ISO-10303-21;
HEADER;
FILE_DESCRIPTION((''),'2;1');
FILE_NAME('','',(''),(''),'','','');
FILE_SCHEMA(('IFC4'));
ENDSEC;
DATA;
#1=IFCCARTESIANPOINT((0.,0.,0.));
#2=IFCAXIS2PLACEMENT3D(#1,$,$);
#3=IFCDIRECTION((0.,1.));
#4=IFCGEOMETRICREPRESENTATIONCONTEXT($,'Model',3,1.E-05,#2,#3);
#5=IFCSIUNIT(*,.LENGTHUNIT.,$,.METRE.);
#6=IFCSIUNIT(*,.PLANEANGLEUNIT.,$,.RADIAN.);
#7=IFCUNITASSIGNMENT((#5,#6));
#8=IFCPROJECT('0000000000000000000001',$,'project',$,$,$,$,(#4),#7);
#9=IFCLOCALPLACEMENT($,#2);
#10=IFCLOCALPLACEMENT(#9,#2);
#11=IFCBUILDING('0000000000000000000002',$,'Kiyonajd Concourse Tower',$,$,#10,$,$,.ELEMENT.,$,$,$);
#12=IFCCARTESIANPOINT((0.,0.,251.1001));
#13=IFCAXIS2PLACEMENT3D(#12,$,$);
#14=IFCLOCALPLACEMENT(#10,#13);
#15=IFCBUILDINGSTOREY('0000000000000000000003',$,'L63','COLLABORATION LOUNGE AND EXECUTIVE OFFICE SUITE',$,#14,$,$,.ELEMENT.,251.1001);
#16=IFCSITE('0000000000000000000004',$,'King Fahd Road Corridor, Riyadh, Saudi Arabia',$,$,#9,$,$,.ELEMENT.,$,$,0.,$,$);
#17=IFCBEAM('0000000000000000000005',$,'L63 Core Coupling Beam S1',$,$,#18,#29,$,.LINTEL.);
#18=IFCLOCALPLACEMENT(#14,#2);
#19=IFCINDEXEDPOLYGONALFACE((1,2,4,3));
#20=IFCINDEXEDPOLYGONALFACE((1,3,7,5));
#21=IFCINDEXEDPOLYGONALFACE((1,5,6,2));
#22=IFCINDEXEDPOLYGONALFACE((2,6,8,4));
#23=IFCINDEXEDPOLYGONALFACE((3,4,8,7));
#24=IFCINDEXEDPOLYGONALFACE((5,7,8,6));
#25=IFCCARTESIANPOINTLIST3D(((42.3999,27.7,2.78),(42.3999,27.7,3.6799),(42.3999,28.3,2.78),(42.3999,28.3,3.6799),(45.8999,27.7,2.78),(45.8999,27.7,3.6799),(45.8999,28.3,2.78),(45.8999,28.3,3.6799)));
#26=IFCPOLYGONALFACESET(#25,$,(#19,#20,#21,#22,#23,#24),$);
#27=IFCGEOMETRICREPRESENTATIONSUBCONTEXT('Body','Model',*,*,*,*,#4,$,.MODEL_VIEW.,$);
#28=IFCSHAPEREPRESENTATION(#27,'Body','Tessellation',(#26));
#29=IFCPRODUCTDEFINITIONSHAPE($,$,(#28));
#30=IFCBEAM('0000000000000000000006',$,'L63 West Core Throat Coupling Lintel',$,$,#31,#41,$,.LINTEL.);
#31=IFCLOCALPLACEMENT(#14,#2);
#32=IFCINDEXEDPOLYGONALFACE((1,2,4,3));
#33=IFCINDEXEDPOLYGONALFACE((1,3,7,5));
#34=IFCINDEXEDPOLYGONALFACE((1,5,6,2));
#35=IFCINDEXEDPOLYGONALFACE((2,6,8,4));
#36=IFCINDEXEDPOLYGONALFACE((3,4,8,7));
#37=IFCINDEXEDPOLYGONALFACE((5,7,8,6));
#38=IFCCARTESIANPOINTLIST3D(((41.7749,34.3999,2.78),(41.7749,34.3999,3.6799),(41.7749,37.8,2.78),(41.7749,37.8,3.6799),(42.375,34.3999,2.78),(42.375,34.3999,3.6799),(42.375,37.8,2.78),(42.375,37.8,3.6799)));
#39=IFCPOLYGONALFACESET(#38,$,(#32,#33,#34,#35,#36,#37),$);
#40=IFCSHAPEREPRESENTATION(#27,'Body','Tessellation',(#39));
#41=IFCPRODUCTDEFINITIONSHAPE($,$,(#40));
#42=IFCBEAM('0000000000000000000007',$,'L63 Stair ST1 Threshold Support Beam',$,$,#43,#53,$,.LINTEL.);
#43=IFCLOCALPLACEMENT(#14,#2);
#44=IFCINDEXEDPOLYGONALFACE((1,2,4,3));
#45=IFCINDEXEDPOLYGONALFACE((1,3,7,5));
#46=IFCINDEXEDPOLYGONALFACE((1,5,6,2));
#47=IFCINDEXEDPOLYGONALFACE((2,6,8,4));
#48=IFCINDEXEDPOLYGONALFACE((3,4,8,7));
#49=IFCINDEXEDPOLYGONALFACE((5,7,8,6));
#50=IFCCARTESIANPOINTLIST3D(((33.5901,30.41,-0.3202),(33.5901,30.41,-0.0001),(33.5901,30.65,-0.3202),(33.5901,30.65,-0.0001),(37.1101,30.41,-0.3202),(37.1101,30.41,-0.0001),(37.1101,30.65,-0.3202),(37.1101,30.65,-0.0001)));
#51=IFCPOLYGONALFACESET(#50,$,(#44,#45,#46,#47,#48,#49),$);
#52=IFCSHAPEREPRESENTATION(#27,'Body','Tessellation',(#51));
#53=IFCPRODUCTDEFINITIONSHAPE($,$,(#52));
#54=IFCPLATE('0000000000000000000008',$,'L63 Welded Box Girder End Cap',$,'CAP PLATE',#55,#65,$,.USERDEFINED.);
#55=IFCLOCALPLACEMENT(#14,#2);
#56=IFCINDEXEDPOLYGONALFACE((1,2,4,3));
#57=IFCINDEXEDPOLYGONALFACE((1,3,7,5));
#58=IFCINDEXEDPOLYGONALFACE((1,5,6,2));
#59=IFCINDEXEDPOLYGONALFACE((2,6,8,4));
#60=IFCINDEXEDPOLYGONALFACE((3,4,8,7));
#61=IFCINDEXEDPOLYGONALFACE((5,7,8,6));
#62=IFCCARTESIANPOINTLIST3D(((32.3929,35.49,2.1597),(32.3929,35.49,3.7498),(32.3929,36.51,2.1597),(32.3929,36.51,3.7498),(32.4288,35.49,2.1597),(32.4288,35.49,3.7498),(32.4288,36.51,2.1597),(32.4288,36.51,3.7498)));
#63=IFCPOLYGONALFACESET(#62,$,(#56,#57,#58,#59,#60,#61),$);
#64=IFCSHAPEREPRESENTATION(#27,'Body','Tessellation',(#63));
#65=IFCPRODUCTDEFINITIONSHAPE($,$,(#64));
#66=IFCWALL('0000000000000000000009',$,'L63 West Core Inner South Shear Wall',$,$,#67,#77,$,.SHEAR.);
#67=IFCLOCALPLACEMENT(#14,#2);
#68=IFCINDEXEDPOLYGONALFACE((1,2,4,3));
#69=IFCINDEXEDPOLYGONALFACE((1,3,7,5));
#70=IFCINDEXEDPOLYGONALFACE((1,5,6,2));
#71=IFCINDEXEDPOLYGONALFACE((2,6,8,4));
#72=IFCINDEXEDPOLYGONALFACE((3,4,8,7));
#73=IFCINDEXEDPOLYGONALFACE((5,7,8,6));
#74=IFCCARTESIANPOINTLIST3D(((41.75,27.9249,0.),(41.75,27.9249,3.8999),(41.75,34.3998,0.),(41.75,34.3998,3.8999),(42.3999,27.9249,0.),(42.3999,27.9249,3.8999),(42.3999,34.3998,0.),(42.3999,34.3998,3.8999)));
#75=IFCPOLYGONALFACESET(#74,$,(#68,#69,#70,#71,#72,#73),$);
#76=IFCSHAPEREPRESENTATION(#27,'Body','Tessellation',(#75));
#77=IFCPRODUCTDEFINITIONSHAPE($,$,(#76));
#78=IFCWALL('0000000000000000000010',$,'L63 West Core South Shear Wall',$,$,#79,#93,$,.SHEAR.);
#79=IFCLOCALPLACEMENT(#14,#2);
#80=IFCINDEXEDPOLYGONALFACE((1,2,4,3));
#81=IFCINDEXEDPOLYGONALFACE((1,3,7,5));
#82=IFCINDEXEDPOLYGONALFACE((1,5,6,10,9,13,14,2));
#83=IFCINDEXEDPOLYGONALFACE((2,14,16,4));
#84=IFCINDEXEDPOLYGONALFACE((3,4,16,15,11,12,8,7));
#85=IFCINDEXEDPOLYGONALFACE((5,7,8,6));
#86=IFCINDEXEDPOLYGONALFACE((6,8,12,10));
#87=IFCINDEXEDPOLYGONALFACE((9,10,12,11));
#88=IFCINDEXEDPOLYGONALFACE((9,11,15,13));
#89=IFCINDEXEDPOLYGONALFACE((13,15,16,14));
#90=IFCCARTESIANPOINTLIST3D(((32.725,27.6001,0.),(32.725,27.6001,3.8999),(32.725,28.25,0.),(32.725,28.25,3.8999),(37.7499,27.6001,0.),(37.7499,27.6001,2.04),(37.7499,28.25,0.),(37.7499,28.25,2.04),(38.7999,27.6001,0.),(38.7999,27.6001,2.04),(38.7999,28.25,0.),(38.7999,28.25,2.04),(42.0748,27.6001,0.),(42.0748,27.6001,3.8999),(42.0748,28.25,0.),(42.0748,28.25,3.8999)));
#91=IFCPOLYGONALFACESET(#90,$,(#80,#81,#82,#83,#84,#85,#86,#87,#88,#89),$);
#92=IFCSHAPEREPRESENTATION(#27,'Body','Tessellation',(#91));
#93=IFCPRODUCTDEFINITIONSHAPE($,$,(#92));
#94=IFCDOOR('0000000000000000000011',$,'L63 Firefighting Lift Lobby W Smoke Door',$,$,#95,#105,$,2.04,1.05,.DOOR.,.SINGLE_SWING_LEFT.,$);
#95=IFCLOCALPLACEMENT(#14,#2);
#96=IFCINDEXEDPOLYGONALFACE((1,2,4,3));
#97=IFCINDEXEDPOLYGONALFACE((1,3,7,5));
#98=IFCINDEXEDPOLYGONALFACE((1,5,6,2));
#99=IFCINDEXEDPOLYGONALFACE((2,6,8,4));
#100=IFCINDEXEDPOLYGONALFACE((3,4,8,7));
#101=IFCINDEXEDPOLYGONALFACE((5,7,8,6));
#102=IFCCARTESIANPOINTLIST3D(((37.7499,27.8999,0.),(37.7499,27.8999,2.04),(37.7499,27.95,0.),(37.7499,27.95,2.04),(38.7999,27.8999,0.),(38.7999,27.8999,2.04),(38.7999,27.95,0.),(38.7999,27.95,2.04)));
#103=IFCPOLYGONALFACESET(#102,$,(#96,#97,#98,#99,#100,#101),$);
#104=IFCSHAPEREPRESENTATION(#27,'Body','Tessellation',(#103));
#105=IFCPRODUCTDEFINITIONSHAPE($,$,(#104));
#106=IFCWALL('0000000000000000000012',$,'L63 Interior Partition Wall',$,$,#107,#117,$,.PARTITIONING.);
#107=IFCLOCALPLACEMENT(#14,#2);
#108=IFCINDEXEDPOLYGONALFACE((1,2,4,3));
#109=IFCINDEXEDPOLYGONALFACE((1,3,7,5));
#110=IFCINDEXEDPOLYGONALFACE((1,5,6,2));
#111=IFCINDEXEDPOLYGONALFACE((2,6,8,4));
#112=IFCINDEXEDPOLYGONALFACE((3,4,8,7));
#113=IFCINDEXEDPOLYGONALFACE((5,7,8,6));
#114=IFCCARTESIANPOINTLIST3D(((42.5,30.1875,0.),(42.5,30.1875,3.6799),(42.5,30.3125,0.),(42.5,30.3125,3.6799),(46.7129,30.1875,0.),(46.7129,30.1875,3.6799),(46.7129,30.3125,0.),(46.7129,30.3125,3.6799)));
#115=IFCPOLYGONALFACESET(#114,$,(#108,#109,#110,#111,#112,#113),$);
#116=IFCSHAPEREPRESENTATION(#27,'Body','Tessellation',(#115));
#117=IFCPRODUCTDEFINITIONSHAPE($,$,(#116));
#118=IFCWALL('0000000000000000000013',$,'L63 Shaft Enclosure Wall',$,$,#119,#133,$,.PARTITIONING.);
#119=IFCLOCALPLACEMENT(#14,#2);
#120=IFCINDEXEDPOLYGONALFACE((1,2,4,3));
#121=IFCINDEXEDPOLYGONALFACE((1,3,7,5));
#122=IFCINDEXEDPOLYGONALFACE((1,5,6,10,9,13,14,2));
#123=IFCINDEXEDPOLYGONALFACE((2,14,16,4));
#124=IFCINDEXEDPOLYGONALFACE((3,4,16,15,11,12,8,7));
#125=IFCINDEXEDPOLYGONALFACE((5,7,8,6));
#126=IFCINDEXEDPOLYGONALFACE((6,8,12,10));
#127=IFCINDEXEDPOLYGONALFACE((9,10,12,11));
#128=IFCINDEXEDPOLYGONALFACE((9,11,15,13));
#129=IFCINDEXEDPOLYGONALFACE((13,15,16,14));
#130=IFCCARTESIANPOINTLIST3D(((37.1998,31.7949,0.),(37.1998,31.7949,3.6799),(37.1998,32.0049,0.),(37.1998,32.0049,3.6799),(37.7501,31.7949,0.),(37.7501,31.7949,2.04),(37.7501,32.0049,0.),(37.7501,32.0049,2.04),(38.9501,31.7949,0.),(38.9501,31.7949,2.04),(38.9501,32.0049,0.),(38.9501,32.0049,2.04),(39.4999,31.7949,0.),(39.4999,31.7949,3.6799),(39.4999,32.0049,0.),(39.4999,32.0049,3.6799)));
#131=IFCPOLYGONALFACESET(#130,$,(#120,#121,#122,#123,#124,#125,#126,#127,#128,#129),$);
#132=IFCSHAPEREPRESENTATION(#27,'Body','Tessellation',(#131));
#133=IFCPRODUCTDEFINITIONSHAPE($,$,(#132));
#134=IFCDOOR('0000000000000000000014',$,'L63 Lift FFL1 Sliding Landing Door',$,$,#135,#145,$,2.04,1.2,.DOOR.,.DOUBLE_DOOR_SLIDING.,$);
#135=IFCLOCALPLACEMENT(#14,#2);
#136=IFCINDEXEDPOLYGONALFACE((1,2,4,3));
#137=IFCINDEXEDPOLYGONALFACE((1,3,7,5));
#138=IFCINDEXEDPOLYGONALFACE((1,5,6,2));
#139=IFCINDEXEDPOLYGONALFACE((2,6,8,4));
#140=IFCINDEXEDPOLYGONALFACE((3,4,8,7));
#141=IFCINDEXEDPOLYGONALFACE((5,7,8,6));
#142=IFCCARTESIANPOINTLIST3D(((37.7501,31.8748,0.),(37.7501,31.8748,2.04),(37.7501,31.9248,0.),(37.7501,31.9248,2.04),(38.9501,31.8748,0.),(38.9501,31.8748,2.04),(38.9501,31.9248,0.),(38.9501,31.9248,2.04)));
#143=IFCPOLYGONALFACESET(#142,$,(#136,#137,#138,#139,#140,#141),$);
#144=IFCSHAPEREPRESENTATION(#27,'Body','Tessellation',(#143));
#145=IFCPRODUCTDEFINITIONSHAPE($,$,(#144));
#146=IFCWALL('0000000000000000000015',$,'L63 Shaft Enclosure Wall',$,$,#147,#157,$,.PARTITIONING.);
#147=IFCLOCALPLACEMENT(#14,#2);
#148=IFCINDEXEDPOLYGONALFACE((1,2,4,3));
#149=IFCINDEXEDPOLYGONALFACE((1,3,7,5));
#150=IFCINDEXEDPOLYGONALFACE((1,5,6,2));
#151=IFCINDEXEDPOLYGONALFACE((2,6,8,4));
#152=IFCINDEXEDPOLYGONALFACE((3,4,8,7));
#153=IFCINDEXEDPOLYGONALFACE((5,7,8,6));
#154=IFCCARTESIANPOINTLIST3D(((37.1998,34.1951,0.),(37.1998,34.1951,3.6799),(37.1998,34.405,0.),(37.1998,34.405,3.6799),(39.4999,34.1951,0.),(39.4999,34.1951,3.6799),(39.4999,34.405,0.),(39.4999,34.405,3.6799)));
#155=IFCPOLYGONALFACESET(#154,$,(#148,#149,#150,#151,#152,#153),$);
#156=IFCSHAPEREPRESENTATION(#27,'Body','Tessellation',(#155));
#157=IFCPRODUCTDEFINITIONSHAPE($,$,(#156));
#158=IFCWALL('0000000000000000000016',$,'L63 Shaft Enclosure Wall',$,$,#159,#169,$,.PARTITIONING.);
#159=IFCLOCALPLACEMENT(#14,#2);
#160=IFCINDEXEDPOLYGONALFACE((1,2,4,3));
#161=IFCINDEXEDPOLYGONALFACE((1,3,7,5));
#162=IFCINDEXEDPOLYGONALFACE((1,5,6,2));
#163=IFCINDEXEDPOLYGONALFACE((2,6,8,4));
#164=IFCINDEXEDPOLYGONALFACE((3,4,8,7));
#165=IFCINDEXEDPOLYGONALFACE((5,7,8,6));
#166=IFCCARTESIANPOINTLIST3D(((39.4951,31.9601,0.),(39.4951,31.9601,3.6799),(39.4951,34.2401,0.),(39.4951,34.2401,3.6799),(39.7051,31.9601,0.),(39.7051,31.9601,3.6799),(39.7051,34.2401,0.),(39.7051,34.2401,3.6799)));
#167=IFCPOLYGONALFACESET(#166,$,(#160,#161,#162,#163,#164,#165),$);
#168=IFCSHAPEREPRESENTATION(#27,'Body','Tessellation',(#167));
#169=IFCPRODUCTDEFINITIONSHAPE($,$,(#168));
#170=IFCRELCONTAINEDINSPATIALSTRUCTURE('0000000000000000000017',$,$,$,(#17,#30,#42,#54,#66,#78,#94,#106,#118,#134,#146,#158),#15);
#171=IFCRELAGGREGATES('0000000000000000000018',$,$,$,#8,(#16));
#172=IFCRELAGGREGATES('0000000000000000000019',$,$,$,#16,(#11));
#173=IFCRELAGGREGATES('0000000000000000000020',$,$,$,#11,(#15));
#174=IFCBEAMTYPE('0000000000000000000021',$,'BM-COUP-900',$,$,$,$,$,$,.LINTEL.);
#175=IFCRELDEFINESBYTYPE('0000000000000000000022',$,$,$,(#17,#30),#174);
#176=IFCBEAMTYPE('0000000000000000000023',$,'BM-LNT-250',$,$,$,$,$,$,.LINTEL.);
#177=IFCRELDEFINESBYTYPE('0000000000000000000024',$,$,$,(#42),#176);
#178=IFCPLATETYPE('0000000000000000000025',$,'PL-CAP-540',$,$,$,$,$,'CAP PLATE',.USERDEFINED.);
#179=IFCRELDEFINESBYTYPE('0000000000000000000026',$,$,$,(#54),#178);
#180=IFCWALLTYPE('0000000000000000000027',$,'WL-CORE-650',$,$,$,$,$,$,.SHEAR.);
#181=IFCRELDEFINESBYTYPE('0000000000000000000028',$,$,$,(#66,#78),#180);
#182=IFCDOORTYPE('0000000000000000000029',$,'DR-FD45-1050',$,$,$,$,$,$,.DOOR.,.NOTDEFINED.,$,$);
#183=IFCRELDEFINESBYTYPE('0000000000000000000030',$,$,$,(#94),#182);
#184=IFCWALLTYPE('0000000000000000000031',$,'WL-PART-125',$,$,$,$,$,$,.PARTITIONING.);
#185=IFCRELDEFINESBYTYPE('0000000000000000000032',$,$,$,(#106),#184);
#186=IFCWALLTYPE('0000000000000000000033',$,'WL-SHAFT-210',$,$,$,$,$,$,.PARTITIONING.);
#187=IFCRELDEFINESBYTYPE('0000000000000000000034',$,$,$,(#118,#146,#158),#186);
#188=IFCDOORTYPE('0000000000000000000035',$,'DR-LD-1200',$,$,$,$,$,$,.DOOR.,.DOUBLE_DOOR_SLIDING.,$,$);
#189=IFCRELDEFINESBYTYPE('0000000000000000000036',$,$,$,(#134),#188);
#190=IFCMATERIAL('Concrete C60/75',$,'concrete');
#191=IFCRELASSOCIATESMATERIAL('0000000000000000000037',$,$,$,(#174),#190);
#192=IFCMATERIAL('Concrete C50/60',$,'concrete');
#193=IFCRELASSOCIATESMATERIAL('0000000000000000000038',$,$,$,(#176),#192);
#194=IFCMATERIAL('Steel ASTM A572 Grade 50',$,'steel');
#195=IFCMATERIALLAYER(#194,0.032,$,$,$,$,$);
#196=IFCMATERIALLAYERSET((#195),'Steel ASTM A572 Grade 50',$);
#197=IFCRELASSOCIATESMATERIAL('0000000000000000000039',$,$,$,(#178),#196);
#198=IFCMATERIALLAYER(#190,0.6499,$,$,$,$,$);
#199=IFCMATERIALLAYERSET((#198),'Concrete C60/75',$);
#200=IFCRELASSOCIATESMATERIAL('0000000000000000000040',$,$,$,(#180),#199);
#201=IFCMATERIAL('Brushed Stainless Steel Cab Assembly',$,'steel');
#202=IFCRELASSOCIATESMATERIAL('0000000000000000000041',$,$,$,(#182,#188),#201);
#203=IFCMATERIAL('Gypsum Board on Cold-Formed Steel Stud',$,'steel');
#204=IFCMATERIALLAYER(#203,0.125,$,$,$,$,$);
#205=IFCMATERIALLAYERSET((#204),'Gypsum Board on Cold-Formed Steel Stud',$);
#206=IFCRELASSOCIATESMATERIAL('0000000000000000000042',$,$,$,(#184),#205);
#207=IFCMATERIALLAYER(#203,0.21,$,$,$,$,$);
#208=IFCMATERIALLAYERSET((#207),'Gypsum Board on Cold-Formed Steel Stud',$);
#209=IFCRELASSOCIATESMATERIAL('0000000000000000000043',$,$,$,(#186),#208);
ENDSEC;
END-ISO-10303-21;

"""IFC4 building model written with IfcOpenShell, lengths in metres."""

from ifc_helpers import new_model, si_unit, direction, frame, frame_2d, origin, origin_2d, place, context, subcontext, project, spatial, rectangle, extrude, material, layer, layer_set, material_profile, profile_set, type_object, element, fill, save


model = new_model("IFC4")

# Units and contexts
model_context = context("Model", 3, precision=1e-05, world=origin(), true_north=direction((0.0, 1.0)))
body_context = subcontext(model_context, "Body", "Model", "MODEL_VIEW")
ifc_project = project(units=[si_unit("LENGTHUNIT", "METRE"), si_unit("PLANEANGLEUNIT", "RADIAN")], contexts=[model_context])

# Site, building, storey
site_placement = place(None, origin())
site = spatial("IfcSite", under=ifc_project, at=site_placement, Name="King Fahd Road Corridor, Riyadh, Saudi Arabia", CompositionType="ELEMENT", RefElevation=0.0)
building_placement = place(site_placement, origin())
building = spatial("IfcBuilding", under=site, at=building_placement, Name="Kiyonajd Concourse Tower", CompositionType="ELEMENT")
storey_placement = place(building_placement, frame((0.0, 0.0, 251.1001)))
storey = spatial("IfcBuildingStorey", under=building, at=storey_placement, Name="L63", Description="COLLABORATION LOUNGE AND EXECUTIVE OFFICE SUITE", CompositionType="ELEMENT", Elevation=251.1001)

# Beams
ifc_material_1 = material(Name="Concrete C60/75", Category="concrete")
ifc_material_profile_1 = material_profile(ifc_material_1, rectangle(XDim=0.6001, YDim=0.8999, at=origin_2d()), Name="RCBM-600x900")
ifc_profile_set_1 = profile_set([ifc_material_profile_1], Name="Concrete C60/75")
beam_type_1 = type_object("IfcBeamType", Name="BM-COUP-900", PredefinedType="LINTEL", material=ifc_profile_set_1)
beam_1_placement = place(storey_placement, frame((42.3999, 28.0, 3.23), z_axis=(1.0, 0.0, 0.0), x_axis=(0.0, 1.0, 0.0)))
element("IfcBeam", 1, at=beam_1_placement, inside=storey, type_object=beam_type_1, Name="L63 Core Coupling Beam S1", PredefinedType="LINTEL", context=body_context, shape_type="SweptSolid", body=[
    extrude(rectangle(XDim=0.6001, YDim=0.8999, at=origin_2d()), origin(), (0.0, 0.0, 1.0), 3.5),
])
beam_2_placement = place(storey_placement, frame((42.075, 34.3999, 3.23), z_axis=(0.0, 1.0, 0.0), x_axis=(-1.0, 0.0, 0.0)))
element("IfcBeam", 2, at=beam_2_placement, inside=storey, type_object=beam_type_1, Name="L63 West Core Throat Coupling Lintel", PredefinedType="LINTEL", context=body_context, shape_type="SweptSolid", body=[
    extrude(rectangle(XDim=0.6001, YDim=0.8999, at=origin_2d()), origin(), (0.0, 0.0, 1.0), 3.4001),
])
ifc_material_2 = material(Name="Concrete C50/60", Category="concrete")
ifc_material_profile_2 = material_profile(ifc_material_2, rectangle(XDim=0.24, YDim=0.3201, at=origin_2d()), Name="RCBM-240x320")
ifc_profile_set_2 = profile_set([ifc_material_profile_2], Name="Concrete C50/60")
beam_type_2 = type_object("IfcBeamType", Name="BM-LNT-250", PredefinedType="LINTEL", material=ifc_profile_set_2)
beam_3_placement = place(storey_placement, frame((33.5901, 30.53, -0.1602), z_axis=(1.0, 0.0, 0.0), x_axis=(0.0, 1.0, 0.0)))
element("IfcBeam", 3, at=beam_3_placement, inside=storey, type_object=beam_type_2, Name="L63 Stair ST1 Threshold Support Beam", PredefinedType="LINTEL", context=body_context, shape_type="SweptSolid", body=[
    extrude(rectangle(XDim=0.24, YDim=0.3201, at=origin_2d()), origin(), (0.0, 0.0, 1.0), 3.52),
])

# Plate
ifc_material_3 = material(Name="Steel ASTM A572 Grade 50", Category="steel")
ifc_layer_1 = layer(ifc_material_3, 0.032)
ifc_layer_set_1 = layer_set([ifc_layer_1], Name="Steel ASTM A572 Grade 50")
plate_type = type_object("IfcPlateType", Name="PL-CAP-540", ElementType="CAP PLATE", PredefinedType="USERDEFINED", material=ifc_layer_set_1)
plate_placement = place(storey_placement, frame((32.4109, 36.0, 2.1597), z_axis=(0.0, 0.0, 1.0), x_axis=(1.0, 0.0, 0.0)))
element("IfcPlate", 4, at=plate_placement, inside=storey, type_object=plate_type, Name="L63 Welded Box Girder End Cap", ObjectType="CAP PLATE", PredefinedType="USERDEFINED", context=body_context, shape_type="SweptSolid", body=[
    extrude(rectangle(XDim=0.0359, YDim=1.02, at=origin_2d()), origin(), (0.0, 0.0, 1.0), 1.5901),
])

# Wall
ifc_layer_2 = layer(ifc_material_1, 0.6499)
ifc_layer_set_2 = layer_set([ifc_layer_2], Name="Concrete C60/75")
wall_type_1 = type_object("IfcWallType", Name="WL-CORE-650", PredefinedType="SHEAR", material=ifc_layer_set_2)
wall_1_placement = place(storey_placement, frame((42.075, 27.925, 0.0), z_axis=(0.0, 0.0, 1.0), x_axis=(0.0, 1.0, 0.0)))
element("IfcWall", 5, at=wall_1_placement, inside=storey, type_object=wall_type_1, Name="L63 West Core Inner South Shear Wall", PredefinedType="SHEAR", context=body_context, shape_type="SweptSolid", body=[
    extrude(rectangle(XDim=6.4749, YDim=0.6499, at=frame_2d((3.2373, 0.0))), origin(), (0.0, 0.0, 1.0), 3.8999),
])

# Wall, opening, door
wall_2_placement = place(storey_placement, frame((32.7251, 27.925, 0.0), z_axis=(0.0, 0.0, 1.0), x_axis=(1.0, 0.0, 0.0)))
wall_2 = element("IfcWall", 6, at=wall_2_placement, inside=storey, type_object=wall_type_1, Name="L63 West Core South Shear Wall", PredefinedType="SHEAR", context=body_context, shape_type="SweptSolid", body=[
    extrude(rectangle(XDim=9.3499, YDim=0.6499, at=frame_2d((4.6748, 0.0))), origin(), (0.0, 0.0, 1.0), 3.8999),
])
opening_1_placement = place(wall_2_placement, frame((5.0249, 0.0, 0.0)))
opening_1 = element("IfcOpeningElement", 7, at=opening_1_placement, cuts=wall_2, PredefinedType="OPENING", context=body_context, shape_type="SweptSolid", body=[
    extrude(rectangle(XDim=1.05, YDim=2.04, at=frame_2d((0.5249, 1.02))), frame((0.0, 0.335, 0.0), z_axis=(0.0, -1.0, 0.0), x_axis=(1.0, 0.0, 0.0)), (0.0, 0.0, 1.0), 0.6699),
])
ifc_material_4 = material(Name="Brushed Stainless Steel Cab Assembly", Category="steel")
door_type_1 = type_object("IfcDoorType", Name="DR-FD45-1050", OperationType="NOTDEFINED", PredefinedType="DOOR", material=ifc_material_4)
door_1_placement = place(opening_1_placement, origin())
door_1 = element("IfcDoor", 8, at=door_1_placement, inside=storey, type_object=door_type_1, Name="L63 Firefighting Lift Lobby W Smoke Door", OperationType="SINGLE_SWING_LEFT", OverallHeight=2.04, OverallWidth=1.05, PredefinedType="DOOR", context=body_context, shape_type="SweptSolid", body=[
    extrude(rectangle(XDim=1.05, YDim=2.04, at=frame_2d((0.5249, 1.02))), frame((0.0, 0.0249, 0.0), z_axis=(0.0, -1.0, 0.0), x_axis=(1.0, 0.0, 0.0)), (0.0, 0.0, 1.0), 0.05),
])
fill(opening_1, door_1)

# Wall
ifc_material_5 = material(Name="Gypsum Board on Cold-Formed Steel Stud", Category="steel")
ifc_layer_3 = layer(ifc_material_5, 0.125)
ifc_layer_set_3 = layer_set([ifc_layer_3], Name="Gypsum Board on Cold-Formed Steel Stud")
wall_type_2 = type_object("IfcWallType", Name="WL-PART-125", PredefinedType="PARTITIONING", material=ifc_layer_set_3)
wall_3_placement = place(storey_placement, frame((42.5, 30.25, 0.0), z_axis=(0.0, 0.0, 1.0), x_axis=(1.0, 0.0, 0.0)))
element("IfcWall", 9, at=wall_3_placement, inside=storey, type_object=wall_type_2, Name="L63 Interior Partition Wall", PredefinedType="PARTITIONING", context=body_context, shape_type="SweptSolid", body=[
    extrude(rectangle(XDim=4.2129, YDim=0.125, at=frame_2d((2.1064, 0.0))), origin(), (0.0, 0.0, 1.0), 3.6799),
])

# Wall, opening, door
ifc_layer_4 = layer(ifc_material_5, 0.21)
ifc_layer_set_4 = layer_set([ifc_layer_4], Name="Gypsum Board on Cold-Formed Steel Stud")
wall_type_3 = type_object("IfcWallType", Name="WL-SHAFT-210", PredefinedType="PARTITIONING", material=ifc_layer_set_4)
wall_4_placement = place(storey_placement, frame((37.2, 31.8999, 0.0), z_axis=(0.0, 0.0, 1.0), x_axis=(1.0, 0.0, 0.0)))
wall_4 = element("IfcWall", 10, at=wall_4_placement, inside=storey, type_object=wall_type_3, Name="L63 Shaft Enclosure Wall", PredefinedType="PARTITIONING", context=body_context, shape_type="SweptSolid", body=[
    extrude(rectangle(XDim=2.3, YDim=0.21, at=frame_2d((1.1499, 0.0))), origin(), (0.0, 0.0, 1.0), 3.6799),
])
opening_2_placement = place(wall_4_placement, frame((0.55, 0.0, 0.0)))
opening_2 = element("IfcOpeningElement", 11, at=opening_2_placement, cuts=wall_4, PredefinedType="OPENING", context=body_context, shape_type="SweptSolid", body=[
    extrude(rectangle(XDim=1.2, YDim=2.04, at=frame_2d((0.6001, 1.02))), frame((0.0, 0.115, 0.0), z_axis=(0.0, -1.0, 0.0), x_axis=(1.0, 0.0, 0.0)), (0.0, 0.0, 1.0), 0.23),
])
door_type_2 = type_object("IfcDoorType", Name="DR-LD-1200", OperationType="DOUBLE_DOOR_SLIDING", PredefinedType="DOOR", material=ifc_material_4)
door_2_placement = place(opening_2_placement, origin())
door_2 = element("IfcDoor", 12, at=door_2_placement, inside=storey, type_object=door_type_2, Name="L63 Lift FFL1 Sliding Landing Door", OperationType="DOUBLE_DOOR_SLIDING", OverallHeight=2.04, OverallWidth=1.2, PredefinedType="DOOR", context=body_context, shape_type="SweptSolid", body=[
    extrude(rectangle(XDim=1.2, YDim=2.04, at=frame_2d((0.6001, 1.02))), frame((0.0, 0.0249, 0.0), z_axis=(0.0, -1.0, 0.0), x_axis=(1.0, 0.0, 0.0)), (0.0, 0.0, 1.0), 0.05),
])
fill(opening_2, door_2)

# Walls
wall_5_placement = place(storey_placement, frame((37.2, 34.3, 0.0), z_axis=(0.0, 0.0, 1.0), x_axis=(1.0, 0.0, 0.0)))
element("IfcWall", 13, at=wall_5_placement, inside=storey, type_object=wall_type_3, Name="L63 Shaft Enclosure Wall", PredefinedType="PARTITIONING", context=body_context, shape_type="SweptSolid", body=[
    extrude(rectangle(XDim=2.3, YDim=0.21, at=frame_2d((1.1499, 0.0))), origin(), (0.0, 0.0, 1.0), 3.6799),
])
wall_6_placement = place(storey_placement, frame((39.6001, 31.96, 0.0), z_axis=(0.0, 0.0, 1.0), x_axis=(0.0, 1.0, 0.0)))
element("IfcWall", 14, at=wall_6_placement, inside=storey, type_object=wall_type_3, Name="L63 Shaft Enclosure Wall", PredefinedType="PARTITIONING", context=body_context, shape_type="SweptSolid", body=[
    extrude(rectangle(XDim=2.28, YDim=0.21, at=frame_2d((1.1401, 0.0))), origin(), (0.0, 0.0, 1.0), 3.6799),
])

save(model, "model.ifc")
